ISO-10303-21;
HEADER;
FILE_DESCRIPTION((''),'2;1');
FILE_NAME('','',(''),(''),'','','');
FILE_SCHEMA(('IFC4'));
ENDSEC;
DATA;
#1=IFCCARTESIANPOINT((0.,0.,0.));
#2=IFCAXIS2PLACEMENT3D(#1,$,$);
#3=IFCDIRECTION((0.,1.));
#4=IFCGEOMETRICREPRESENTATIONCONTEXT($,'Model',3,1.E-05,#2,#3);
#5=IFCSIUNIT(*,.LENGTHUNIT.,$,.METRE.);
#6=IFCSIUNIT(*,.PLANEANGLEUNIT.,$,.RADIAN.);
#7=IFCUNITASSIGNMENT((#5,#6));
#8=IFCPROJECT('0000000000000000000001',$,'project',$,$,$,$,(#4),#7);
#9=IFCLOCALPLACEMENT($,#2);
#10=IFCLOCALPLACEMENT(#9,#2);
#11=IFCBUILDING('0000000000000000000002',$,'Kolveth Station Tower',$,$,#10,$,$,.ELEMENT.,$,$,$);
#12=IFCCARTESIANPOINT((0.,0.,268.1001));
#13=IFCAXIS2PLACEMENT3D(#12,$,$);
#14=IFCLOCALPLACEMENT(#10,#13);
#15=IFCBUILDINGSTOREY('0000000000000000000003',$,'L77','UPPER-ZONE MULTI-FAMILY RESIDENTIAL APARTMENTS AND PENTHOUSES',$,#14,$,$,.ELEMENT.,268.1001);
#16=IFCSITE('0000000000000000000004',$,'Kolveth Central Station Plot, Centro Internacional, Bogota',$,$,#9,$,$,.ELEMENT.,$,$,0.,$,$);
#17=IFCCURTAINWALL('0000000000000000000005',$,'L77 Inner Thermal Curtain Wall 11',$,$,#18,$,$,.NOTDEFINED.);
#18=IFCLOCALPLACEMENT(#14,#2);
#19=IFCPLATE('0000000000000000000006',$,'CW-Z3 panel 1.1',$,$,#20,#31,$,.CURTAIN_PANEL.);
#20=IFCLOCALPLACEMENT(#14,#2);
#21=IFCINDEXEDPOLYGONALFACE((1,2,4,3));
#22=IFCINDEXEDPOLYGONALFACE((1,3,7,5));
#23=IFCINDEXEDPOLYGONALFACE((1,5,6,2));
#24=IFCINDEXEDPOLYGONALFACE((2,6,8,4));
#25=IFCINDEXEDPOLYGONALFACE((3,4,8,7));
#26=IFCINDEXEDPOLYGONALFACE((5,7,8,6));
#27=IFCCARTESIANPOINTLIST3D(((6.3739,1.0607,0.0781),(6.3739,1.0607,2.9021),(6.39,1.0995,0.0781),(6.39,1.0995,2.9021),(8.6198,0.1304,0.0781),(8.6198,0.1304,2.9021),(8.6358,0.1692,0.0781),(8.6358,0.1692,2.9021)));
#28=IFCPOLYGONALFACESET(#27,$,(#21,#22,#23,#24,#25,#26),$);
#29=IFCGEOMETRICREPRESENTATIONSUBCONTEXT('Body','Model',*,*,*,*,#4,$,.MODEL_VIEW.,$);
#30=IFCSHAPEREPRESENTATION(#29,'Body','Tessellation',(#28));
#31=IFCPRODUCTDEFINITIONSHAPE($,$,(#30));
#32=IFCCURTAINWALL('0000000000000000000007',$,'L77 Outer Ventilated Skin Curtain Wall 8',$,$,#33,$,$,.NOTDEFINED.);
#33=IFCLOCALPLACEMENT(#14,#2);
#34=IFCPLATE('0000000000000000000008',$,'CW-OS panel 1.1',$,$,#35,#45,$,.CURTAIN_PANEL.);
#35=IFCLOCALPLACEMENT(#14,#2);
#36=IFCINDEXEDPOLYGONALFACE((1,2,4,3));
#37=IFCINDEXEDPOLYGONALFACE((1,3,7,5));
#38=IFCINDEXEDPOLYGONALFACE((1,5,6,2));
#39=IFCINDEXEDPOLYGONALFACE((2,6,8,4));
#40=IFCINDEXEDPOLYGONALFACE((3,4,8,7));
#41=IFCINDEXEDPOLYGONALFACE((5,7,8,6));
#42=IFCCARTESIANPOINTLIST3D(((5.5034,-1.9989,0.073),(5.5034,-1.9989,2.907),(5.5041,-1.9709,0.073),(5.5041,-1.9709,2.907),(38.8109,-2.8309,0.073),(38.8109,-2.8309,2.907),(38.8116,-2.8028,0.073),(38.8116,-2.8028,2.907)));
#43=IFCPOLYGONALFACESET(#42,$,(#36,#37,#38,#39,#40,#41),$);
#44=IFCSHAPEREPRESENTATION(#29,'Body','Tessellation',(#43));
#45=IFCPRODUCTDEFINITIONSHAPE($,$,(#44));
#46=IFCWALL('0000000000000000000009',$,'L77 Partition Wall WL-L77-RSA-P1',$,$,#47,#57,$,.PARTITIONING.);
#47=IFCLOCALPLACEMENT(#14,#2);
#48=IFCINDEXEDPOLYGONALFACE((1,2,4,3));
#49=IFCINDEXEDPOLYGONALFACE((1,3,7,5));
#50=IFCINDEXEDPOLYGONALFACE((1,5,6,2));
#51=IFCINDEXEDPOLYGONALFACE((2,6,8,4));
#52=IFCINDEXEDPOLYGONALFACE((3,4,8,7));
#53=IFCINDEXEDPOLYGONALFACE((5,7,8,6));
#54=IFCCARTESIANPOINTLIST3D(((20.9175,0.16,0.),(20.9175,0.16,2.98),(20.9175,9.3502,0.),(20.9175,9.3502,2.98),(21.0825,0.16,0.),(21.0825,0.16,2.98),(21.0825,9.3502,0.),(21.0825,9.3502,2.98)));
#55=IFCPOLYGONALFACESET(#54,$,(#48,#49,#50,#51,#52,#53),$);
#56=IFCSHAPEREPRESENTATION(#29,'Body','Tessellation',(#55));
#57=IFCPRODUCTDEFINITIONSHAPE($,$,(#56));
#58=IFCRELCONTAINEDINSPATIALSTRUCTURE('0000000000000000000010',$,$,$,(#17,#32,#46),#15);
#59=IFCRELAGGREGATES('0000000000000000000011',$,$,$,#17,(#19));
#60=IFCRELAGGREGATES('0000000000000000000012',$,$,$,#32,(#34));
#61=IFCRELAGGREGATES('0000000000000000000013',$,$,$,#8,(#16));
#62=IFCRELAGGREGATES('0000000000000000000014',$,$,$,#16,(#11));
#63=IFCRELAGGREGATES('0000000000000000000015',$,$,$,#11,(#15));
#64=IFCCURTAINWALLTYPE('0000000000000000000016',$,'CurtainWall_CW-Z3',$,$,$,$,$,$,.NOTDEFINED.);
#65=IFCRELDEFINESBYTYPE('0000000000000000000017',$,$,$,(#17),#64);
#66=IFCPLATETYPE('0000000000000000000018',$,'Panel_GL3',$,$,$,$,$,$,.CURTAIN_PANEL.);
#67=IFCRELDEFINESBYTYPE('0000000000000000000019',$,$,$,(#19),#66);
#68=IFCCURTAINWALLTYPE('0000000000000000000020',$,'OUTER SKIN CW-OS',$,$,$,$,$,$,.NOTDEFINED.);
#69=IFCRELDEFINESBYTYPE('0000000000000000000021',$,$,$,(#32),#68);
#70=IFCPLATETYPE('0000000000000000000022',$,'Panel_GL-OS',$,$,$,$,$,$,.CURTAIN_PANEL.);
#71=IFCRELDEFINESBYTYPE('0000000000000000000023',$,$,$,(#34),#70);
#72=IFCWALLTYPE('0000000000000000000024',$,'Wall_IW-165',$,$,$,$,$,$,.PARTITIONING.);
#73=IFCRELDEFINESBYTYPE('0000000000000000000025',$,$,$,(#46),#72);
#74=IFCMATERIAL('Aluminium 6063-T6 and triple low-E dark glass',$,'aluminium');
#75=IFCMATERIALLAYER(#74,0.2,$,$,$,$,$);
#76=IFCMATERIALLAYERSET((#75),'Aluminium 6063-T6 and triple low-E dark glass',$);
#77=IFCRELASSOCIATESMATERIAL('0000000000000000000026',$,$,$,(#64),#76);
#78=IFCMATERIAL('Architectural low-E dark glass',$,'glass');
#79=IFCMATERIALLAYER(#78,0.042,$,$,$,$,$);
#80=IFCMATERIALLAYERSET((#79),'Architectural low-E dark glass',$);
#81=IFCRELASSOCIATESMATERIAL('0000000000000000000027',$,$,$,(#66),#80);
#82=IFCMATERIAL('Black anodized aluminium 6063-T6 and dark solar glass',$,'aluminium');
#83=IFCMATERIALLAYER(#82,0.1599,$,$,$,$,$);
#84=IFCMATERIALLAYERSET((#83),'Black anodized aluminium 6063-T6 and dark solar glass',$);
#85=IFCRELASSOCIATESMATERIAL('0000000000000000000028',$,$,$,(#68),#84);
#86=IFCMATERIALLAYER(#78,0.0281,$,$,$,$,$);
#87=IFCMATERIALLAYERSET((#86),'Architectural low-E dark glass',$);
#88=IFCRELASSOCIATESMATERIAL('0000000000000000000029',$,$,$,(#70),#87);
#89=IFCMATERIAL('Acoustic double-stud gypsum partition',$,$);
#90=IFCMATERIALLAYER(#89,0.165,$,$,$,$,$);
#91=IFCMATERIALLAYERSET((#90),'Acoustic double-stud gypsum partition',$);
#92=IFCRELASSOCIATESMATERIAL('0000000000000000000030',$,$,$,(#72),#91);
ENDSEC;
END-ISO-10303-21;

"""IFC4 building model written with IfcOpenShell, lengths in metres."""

from ifc_helpers import new_model, si_unit, direction, frame, frame_2d, origin, origin_2d, place, context, subcontext, project, spatial, rectangle, extrude, source, transform, mapped, material, layer, layer_set, type_object, element, aggregate, save


model = new_model("IFC4")

# Units and contexts
model_context = context("Model", 3, precision=1e-05, world=origin(), true_north=direction((0.0, 1.0)))
body_context = subcontext(model_context, "Body", "Model", "MODEL_VIEW")
ifc_project = project(units=[si_unit("LENGTHUNIT", "METRE"), si_unit("PLANEANGLEUNIT", "RADIAN")], contexts=[model_context])

# Site, building, storey
site_placement = place(None, origin())
site = spatial("IfcSite", under=ifc_project, at=site_placement, Name="Kolveth Central Station Plot, Centro Internacional, Bogota", CompositionType="ELEMENT", RefElevation=0.0)
building_placement = place(site_placement, origin())
building = spatial("IfcBuilding", under=site, at=building_placement, Name="Kolveth Station Tower", CompositionType="ELEMENT")
storey_placement = place(building_placement, frame((0.0, 0.0, 268.1001)))
storey = spatial("IfcBuildingStorey", under=building, at=storey_placement, Name="L77", Description="UPPER-ZONE MULTI-FAMILY RESIDENTIAL APARTMENTS AND PENTHOUSES", CompositionType="ELEMENT", Elevation=268.1001)

# Curtain wall
ifc_material_1 = material(Name="Aluminium 6063-T6 and triple low-E dark glass", Category="aluminium")
ifc_layer_1 = layer(ifc_material_1, 0.2)
ifc_layer_set_1 = layer_set([ifc_layer_1], Name="Aluminium 6063-T6 and triple low-E dark glass")
curtain_wall_type_1 = type_object("IfcCurtainWallType", Name="CurtainWall_CW-Z3", PredefinedType="NOTDEFINED", material=ifc_layer_set_1)
curtain_wall_1_placement = place(storey_placement, origin())
curtain_wall_1 = element("IfcCurtainWall", 1, at=curtain_wall_1_placement, inside=storey, type_object=curtain_wall_type_1, Name="L77 Inner Thermal Curtain Wall 11", PredefinedType="NOTDEFINED")

# Plate
ifc_material_2 = material(Name="Architectural low-E dark glass", Category="glass")
ifc_layer_2 = layer(ifc_material_2, 0.042)
ifc_layer_set_2 = layer_set([ifc_layer_2], Name="Architectural low-E dark glass")
plate_type_1 = type_object("IfcPlateType", Name="Panel_GL3", PredefinedType="CURTAIN_PANEL", material=ifc_layer_set_2)
shared_shape_1 = source(origin(), body_context, "Body", "SweptSolid", [
    extrude(rectangle(XDim=2.4309, YDim=0.042, at=origin_2d()), origin(), (0.0, 0.0, 1.0), 2.824),
])
plate_1_placement = place(storey_placement, frame((7.5049, 0.615, 0.0781), z_axis=(0.0, 0.0, 1.0), x_axis=(0.923875, -0.382693, 0.0)))
plate_1 = element("IfcPlate", 2, at=plate_1_placement, type_object=plate_type_1, Name="CW-Z3 panel 1.1", PredefinedType="CURTAIN_PANEL", context=body_context, shape_type="MappedRepresentation", body=[
    mapped(shared_shape_1, transform((0.0, 0.0, 0.0), x_axis=(1.0, 0.0, 0.0), y_axis=(0.0, 1.0, 0.0), z_axis=(0.0, 0.0, 1.0), scale=1.0)),
])
aggregate(curtain_wall_1, [plate_1])

# Curtain wall, plate
ifc_material_3 = material(Name="Black anodized aluminium 6063-T6 and dark solar glass", Category="aluminium")
ifc_layer_3 = layer(ifc_material_3, 0.1599)
ifc_layer_set_3 = layer_set([ifc_layer_3], Name="Black anodized aluminium 6063-T6 and dark solar glass")
curtain_wall_type_2 = type_object("IfcCurtainWallType", Name="OUTER SKIN CW-OS", PredefinedType="NOTDEFINED", material=ifc_layer_set_3)
curtain_wall_2_placement = place(storey_placement, origin())
curtain_wall_2 = element("IfcCurtainWall", 3, at=curtain_wall_2_placement, inside=storey, type_object=curtain_wall_type_2, Name="L77 Outer Ventilated Skin Curtain Wall 8", PredefinedType="NOTDEFINED")
ifc_layer_4 = layer(ifc_material_2, 0.0281)
ifc_layer_set_4 = layer_set([ifc_layer_4], Name="Architectural low-E dark glass")
plate_type_2 = type_object("IfcPlateType", Name="Panel_GL-OS", PredefinedType="CURTAIN_PANEL", material=ifc_layer_set_4)
shared_shape_2 = source(origin(), body_context, "Body", "SweptSolid", [
    extrude(rectangle(XDim=33.3179, YDim=0.0281, at=origin_2d()), origin(), (0.0, 0.0, 1.0), 2.834),
])
plate_2_placement = place(storey_placement, frame((22.1575, -2.4009, 0.073), z_axis=(0.0, 0.0, 1.0), x_axis=(0.999688, -0.02497, 0.0)))
plate_2 = element("IfcPlate", 4, at=plate_2_placement, type_object=plate_type_2, Name="CW-OS panel 1.1", PredefinedType="CURTAIN_PANEL", context=body_context, shape_type="MappedRepresentation", body=[
    mapped(shared_shape_2, transform((0.0, 0.0, 0.0), x_axis=(1.0, 0.0, 0.0), y_axis=(0.0, 1.0, 0.0), z_axis=(0.0, 0.0, 1.0), scale=1.0)),
])
aggregate(curtain_wall_2, [plate_2])

# Wall
ifc_material_4 = material(Name="Acoustic double-stud gypsum partition")
ifc_layer_5 = layer(ifc_material_4, 0.165)
ifc_layer_set_5 = layer_set([ifc_layer_5], Name="Acoustic double-stud gypsum partition")
wall_type = type_object("IfcWallType", Name="Wall_IW-165", PredefinedType="PARTITIONING", material=ifc_layer_set_5)
wall_placement = place(storey_placement, frame((21.0, 0.1599, 0.0), z_axis=(0.0, 0.0, 1.0), x_axis=(0.0, 1.0, 0.0)))
element("IfcWall", 5, at=wall_placement, inside=storey, type_object=wall_type, Name="L77 Partition Wall WL-L77-RSA-P1", PredefinedType="PARTITIONING", context=body_context, shape_type="SweptSolid", body=[
    extrude(rectangle(XDim=9.1902, YDim=0.165, at=frame_2d((4.5952, 0.0))), origin(), (0.0, 0.0, 1.0), 2.98),
])

save(model, "model.ifc")
